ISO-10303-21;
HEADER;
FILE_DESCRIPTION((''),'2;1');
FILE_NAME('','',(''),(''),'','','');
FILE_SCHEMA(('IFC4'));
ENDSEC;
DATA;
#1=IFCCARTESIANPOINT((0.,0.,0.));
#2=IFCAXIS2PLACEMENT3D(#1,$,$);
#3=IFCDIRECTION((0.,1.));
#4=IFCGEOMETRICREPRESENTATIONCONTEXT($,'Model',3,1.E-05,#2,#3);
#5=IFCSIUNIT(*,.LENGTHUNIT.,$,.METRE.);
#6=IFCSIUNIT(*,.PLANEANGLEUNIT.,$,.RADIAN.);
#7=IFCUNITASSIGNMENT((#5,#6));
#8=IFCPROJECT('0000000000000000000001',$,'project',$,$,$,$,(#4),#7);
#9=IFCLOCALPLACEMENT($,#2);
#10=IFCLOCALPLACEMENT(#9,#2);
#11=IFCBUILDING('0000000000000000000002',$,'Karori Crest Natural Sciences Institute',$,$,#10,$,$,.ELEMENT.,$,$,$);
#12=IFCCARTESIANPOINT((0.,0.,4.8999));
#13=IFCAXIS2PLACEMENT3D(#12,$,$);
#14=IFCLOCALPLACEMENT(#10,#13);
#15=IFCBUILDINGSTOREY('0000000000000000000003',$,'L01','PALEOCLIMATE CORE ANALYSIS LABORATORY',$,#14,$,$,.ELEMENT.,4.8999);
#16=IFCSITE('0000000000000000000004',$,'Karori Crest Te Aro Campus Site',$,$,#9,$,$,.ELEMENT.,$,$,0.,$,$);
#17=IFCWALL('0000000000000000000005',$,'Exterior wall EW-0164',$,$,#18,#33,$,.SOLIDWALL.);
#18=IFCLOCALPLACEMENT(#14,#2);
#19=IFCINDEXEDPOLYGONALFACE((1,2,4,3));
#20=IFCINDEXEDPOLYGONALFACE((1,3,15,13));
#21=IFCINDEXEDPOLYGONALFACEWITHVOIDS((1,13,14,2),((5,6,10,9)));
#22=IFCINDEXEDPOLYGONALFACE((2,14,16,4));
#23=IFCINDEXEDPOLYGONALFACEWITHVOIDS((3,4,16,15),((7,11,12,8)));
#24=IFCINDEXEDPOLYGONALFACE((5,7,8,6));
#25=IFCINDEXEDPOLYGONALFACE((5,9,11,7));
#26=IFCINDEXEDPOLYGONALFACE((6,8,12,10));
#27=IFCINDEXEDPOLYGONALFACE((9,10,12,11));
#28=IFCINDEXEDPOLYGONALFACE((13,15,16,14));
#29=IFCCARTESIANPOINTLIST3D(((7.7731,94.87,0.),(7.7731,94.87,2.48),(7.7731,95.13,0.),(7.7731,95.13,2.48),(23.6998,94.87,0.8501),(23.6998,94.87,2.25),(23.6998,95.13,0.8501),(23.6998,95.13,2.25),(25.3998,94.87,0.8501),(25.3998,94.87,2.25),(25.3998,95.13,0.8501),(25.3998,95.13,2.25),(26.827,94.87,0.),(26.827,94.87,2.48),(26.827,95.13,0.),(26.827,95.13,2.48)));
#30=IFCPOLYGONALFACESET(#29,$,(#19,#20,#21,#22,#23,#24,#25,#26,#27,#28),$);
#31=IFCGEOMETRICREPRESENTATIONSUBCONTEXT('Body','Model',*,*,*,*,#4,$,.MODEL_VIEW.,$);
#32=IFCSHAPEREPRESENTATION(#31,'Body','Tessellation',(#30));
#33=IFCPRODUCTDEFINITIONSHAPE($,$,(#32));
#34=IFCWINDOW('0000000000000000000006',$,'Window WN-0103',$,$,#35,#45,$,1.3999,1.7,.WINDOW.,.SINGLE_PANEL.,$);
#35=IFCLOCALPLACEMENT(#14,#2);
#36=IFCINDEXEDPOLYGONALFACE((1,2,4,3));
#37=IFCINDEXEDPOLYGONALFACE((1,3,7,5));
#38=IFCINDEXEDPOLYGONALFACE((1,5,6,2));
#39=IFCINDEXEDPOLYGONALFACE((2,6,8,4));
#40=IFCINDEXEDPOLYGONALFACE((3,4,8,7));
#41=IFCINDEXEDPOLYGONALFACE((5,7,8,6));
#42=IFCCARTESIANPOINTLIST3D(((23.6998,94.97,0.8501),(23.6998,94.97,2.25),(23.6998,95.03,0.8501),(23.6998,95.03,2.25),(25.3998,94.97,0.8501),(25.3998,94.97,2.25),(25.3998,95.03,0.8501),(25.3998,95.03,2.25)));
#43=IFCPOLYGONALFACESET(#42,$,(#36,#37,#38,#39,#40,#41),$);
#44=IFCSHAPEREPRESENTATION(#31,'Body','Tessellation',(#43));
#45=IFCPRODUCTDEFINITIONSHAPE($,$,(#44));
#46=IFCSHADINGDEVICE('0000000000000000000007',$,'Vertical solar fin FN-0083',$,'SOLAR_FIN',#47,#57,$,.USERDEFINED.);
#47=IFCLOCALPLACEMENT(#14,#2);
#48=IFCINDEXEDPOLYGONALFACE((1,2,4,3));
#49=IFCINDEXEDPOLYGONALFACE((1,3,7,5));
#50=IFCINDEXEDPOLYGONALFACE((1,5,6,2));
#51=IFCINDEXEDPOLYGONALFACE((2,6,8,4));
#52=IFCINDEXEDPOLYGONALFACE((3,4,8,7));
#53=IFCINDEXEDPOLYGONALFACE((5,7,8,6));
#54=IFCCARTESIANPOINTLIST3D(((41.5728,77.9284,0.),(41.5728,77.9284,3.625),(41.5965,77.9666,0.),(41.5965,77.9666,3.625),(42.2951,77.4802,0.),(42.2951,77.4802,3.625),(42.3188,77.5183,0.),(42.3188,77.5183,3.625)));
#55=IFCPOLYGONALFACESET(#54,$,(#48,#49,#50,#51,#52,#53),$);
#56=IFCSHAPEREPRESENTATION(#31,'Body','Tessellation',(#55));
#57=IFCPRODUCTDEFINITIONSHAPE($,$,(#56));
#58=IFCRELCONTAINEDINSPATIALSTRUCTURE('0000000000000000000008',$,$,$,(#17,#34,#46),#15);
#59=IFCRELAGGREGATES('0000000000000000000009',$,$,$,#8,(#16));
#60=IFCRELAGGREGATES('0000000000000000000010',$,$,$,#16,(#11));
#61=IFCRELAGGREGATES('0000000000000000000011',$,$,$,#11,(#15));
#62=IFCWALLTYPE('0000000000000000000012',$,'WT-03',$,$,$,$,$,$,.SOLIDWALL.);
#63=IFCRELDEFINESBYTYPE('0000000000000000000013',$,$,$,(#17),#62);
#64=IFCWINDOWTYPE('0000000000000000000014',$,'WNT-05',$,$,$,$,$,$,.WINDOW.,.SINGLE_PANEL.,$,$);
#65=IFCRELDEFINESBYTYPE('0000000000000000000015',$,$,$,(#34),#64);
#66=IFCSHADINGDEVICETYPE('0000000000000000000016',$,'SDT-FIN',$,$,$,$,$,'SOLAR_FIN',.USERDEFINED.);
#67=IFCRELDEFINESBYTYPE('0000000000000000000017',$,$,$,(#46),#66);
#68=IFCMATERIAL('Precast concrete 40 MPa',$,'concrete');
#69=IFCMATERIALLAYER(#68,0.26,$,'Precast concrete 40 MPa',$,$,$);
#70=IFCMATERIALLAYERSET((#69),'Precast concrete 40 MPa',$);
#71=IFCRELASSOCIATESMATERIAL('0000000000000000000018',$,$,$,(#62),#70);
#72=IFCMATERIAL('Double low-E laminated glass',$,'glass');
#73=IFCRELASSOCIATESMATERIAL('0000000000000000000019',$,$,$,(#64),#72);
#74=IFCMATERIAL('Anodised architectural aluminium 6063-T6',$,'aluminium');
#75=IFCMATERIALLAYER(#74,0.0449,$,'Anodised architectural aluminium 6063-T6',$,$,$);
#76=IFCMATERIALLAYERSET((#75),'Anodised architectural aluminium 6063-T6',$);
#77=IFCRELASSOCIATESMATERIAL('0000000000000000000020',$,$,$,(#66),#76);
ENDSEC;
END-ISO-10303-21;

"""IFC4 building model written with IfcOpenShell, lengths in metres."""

from ifc_helpers import new_model, si_unit, direction, frame, frame_2d, origin, origin_2d, place, context, subcontext, project, spatial, rectangle, extrude, material, layer, layer_set, type_object, element, fill, save


model = new_model("IFC4")

# Units and contexts
model_context = context("Model", 3, precision=1e-05, world=origin(), true_north=direction((0.0, 1.0)))
body_context = subcontext(model_context, "Body", "Model", "MODEL_VIEW")
ifc_project = project(units=[si_unit("LENGTHUNIT", "METRE"), si_unit("PLANEANGLEUNIT", "RADIAN")], contexts=[model_context])

# Site, building, storey
site_placement = place(None, origin())
site = spatial("IfcSite", under=ifc_project, at=site_placement, Name="Karori Crest Te Aro Campus Site", CompositionType="ELEMENT", RefElevation=0.0)
building_placement = place(site_placement, origin())
building = spatial("IfcBuilding", under=site, at=building_placement, Name="Karori Crest Natural Sciences Institute", CompositionType="ELEMENT")
storey_placement = place(building_placement, frame((0.0, 0.0, 4.8999)))
storey = spatial("IfcBuildingStorey", under=building, at=storey_placement, Name="L01", Description="PALEOCLIMATE CORE ANALYSIS LABORATORY", CompositionType="ELEMENT", Elevation=4.8999)

# Wall, opening, window
ifc_material_1 = material(Name="Precast concrete 40 MPa", Category="concrete")
ifc_layer_1 = layer(ifc_material_1, 0.26, Name="Precast concrete 40 MPa")
ifc_layer_set_1 = layer_set([ifc_layer_1], Name="Precast concrete 40 MPa")
wall_type_1 = type_object("IfcWallType", Name="WT-03", PredefinedType="SOLIDWALL", material=ifc_layer_set_1)
wall_1_placement = place(storey_placement, frame((26.8269, 95.0, 0.0), z_axis=(0.0, 0.0, 1.0), x_axis=(-1.0, 0.0, 0.0)))
wall_1 = element("IfcWall", 1, at=wall_1_placement, inside=storey, type_object=wall_type_1, Name="Exterior wall EW-0164", PredefinedType="SOLIDWALL", context=body_context, shape_type="SweptSolid", body=[
    extrude(rectangle(XDim=19.054, YDim=0.26, at=frame_2d((9.5269, 0.0))), origin(), (0.0, 0.0, 1.0), 2.48),
])
opening_1_placement = place(wall_1_placement, frame((1.427, 0.0, 0.8501)))
opening_1 = element("IfcOpeningElement", 2, at=opening_1_placement, cuts=wall_1, PredefinedType="OPENING", context=body_context, shape_type="SweptSolid", body=[
    extrude(rectangle(XDim=1.7, YDim=1.3999, at=frame_2d((0.8501, 0.7))), frame((0.0, 0.1401, 0.0), z_axis=(0.0, -1.0, 0.0), x_axis=(1.0, 0.0, 0.0)), (0.0, 0.0, 1.0), 0.28),
])
ifc_material_2 = material(Name="Double low-E laminated glass", Category="glass")
window_type = type_object("IfcWindowType", Name="WNT-05", PartitioningType="SINGLE_PANEL", PredefinedType="WINDOW", material=ifc_material_2)
window_placement = place(opening_1_placement, origin())
window = element("IfcWindow", 3, at=window_placement, inside=storey, type_object=window_type, Name="Window WN-0103", OverallHeight=1.3999, OverallWidth=1.7, PartitioningType="SINGLE_PANEL", PredefinedType="WINDOW", context=body_context, shape_type="SweptSolid", body=[
    extrude(rectangle(XDim=1.7, YDim=1.3999, at=frame_2d((0.8501, 0.7))), frame((0.0, 0.03, 0.0), z_axis=(0.0, -1.0, 0.0), x_axis=(1.0, 0.0, 0.0)), (0.0, 0.0, 1.0), 0.0601),
])
fill(opening_1, window)

# Shading device
ifc_material_3 = material(Name="Anodised architectural aluminium 6063-T6", Category="aluminium")
ifc_layer_2 = layer(ifc_material_3, 0.0449, Name="Anodised architectural aluminium 6063-T6")
ifc_layer_set_2 = layer_set([ifc_layer_2], Name="Anodised architectural aluminium 6063-T6")
shading_device_type = type_object("IfcShadingDeviceType", Name="SDT-FIN", ElementType="SOLAR_FIN", PredefinedType="USERDEFINED", material=ifc_layer_set_2)
shading_device_placement = place(storey_placement, frame((41.9458, 77.7234, 0.0), z_axis=(0.0, 0.0, 1.0), x_axis=(-0.849662, 0.527328, 0.0)))
element("IfcShadingDevice", 4, at=shading_device_placement, inside=storey, type_object=shading_device_type, Name="Vertical solar fin FN-0083", ObjectType="SOLAR_FIN", PredefinedType="USERDEFINED", context=body_context, shape_type="SweptSolid", body=[
    extrude(rectangle(XDim=0.8501, YDim=0.0449, at=origin_2d()), origin(), (0.0, 0.0, 1.0), 3.625),
])

save(model, "model.ifc")
